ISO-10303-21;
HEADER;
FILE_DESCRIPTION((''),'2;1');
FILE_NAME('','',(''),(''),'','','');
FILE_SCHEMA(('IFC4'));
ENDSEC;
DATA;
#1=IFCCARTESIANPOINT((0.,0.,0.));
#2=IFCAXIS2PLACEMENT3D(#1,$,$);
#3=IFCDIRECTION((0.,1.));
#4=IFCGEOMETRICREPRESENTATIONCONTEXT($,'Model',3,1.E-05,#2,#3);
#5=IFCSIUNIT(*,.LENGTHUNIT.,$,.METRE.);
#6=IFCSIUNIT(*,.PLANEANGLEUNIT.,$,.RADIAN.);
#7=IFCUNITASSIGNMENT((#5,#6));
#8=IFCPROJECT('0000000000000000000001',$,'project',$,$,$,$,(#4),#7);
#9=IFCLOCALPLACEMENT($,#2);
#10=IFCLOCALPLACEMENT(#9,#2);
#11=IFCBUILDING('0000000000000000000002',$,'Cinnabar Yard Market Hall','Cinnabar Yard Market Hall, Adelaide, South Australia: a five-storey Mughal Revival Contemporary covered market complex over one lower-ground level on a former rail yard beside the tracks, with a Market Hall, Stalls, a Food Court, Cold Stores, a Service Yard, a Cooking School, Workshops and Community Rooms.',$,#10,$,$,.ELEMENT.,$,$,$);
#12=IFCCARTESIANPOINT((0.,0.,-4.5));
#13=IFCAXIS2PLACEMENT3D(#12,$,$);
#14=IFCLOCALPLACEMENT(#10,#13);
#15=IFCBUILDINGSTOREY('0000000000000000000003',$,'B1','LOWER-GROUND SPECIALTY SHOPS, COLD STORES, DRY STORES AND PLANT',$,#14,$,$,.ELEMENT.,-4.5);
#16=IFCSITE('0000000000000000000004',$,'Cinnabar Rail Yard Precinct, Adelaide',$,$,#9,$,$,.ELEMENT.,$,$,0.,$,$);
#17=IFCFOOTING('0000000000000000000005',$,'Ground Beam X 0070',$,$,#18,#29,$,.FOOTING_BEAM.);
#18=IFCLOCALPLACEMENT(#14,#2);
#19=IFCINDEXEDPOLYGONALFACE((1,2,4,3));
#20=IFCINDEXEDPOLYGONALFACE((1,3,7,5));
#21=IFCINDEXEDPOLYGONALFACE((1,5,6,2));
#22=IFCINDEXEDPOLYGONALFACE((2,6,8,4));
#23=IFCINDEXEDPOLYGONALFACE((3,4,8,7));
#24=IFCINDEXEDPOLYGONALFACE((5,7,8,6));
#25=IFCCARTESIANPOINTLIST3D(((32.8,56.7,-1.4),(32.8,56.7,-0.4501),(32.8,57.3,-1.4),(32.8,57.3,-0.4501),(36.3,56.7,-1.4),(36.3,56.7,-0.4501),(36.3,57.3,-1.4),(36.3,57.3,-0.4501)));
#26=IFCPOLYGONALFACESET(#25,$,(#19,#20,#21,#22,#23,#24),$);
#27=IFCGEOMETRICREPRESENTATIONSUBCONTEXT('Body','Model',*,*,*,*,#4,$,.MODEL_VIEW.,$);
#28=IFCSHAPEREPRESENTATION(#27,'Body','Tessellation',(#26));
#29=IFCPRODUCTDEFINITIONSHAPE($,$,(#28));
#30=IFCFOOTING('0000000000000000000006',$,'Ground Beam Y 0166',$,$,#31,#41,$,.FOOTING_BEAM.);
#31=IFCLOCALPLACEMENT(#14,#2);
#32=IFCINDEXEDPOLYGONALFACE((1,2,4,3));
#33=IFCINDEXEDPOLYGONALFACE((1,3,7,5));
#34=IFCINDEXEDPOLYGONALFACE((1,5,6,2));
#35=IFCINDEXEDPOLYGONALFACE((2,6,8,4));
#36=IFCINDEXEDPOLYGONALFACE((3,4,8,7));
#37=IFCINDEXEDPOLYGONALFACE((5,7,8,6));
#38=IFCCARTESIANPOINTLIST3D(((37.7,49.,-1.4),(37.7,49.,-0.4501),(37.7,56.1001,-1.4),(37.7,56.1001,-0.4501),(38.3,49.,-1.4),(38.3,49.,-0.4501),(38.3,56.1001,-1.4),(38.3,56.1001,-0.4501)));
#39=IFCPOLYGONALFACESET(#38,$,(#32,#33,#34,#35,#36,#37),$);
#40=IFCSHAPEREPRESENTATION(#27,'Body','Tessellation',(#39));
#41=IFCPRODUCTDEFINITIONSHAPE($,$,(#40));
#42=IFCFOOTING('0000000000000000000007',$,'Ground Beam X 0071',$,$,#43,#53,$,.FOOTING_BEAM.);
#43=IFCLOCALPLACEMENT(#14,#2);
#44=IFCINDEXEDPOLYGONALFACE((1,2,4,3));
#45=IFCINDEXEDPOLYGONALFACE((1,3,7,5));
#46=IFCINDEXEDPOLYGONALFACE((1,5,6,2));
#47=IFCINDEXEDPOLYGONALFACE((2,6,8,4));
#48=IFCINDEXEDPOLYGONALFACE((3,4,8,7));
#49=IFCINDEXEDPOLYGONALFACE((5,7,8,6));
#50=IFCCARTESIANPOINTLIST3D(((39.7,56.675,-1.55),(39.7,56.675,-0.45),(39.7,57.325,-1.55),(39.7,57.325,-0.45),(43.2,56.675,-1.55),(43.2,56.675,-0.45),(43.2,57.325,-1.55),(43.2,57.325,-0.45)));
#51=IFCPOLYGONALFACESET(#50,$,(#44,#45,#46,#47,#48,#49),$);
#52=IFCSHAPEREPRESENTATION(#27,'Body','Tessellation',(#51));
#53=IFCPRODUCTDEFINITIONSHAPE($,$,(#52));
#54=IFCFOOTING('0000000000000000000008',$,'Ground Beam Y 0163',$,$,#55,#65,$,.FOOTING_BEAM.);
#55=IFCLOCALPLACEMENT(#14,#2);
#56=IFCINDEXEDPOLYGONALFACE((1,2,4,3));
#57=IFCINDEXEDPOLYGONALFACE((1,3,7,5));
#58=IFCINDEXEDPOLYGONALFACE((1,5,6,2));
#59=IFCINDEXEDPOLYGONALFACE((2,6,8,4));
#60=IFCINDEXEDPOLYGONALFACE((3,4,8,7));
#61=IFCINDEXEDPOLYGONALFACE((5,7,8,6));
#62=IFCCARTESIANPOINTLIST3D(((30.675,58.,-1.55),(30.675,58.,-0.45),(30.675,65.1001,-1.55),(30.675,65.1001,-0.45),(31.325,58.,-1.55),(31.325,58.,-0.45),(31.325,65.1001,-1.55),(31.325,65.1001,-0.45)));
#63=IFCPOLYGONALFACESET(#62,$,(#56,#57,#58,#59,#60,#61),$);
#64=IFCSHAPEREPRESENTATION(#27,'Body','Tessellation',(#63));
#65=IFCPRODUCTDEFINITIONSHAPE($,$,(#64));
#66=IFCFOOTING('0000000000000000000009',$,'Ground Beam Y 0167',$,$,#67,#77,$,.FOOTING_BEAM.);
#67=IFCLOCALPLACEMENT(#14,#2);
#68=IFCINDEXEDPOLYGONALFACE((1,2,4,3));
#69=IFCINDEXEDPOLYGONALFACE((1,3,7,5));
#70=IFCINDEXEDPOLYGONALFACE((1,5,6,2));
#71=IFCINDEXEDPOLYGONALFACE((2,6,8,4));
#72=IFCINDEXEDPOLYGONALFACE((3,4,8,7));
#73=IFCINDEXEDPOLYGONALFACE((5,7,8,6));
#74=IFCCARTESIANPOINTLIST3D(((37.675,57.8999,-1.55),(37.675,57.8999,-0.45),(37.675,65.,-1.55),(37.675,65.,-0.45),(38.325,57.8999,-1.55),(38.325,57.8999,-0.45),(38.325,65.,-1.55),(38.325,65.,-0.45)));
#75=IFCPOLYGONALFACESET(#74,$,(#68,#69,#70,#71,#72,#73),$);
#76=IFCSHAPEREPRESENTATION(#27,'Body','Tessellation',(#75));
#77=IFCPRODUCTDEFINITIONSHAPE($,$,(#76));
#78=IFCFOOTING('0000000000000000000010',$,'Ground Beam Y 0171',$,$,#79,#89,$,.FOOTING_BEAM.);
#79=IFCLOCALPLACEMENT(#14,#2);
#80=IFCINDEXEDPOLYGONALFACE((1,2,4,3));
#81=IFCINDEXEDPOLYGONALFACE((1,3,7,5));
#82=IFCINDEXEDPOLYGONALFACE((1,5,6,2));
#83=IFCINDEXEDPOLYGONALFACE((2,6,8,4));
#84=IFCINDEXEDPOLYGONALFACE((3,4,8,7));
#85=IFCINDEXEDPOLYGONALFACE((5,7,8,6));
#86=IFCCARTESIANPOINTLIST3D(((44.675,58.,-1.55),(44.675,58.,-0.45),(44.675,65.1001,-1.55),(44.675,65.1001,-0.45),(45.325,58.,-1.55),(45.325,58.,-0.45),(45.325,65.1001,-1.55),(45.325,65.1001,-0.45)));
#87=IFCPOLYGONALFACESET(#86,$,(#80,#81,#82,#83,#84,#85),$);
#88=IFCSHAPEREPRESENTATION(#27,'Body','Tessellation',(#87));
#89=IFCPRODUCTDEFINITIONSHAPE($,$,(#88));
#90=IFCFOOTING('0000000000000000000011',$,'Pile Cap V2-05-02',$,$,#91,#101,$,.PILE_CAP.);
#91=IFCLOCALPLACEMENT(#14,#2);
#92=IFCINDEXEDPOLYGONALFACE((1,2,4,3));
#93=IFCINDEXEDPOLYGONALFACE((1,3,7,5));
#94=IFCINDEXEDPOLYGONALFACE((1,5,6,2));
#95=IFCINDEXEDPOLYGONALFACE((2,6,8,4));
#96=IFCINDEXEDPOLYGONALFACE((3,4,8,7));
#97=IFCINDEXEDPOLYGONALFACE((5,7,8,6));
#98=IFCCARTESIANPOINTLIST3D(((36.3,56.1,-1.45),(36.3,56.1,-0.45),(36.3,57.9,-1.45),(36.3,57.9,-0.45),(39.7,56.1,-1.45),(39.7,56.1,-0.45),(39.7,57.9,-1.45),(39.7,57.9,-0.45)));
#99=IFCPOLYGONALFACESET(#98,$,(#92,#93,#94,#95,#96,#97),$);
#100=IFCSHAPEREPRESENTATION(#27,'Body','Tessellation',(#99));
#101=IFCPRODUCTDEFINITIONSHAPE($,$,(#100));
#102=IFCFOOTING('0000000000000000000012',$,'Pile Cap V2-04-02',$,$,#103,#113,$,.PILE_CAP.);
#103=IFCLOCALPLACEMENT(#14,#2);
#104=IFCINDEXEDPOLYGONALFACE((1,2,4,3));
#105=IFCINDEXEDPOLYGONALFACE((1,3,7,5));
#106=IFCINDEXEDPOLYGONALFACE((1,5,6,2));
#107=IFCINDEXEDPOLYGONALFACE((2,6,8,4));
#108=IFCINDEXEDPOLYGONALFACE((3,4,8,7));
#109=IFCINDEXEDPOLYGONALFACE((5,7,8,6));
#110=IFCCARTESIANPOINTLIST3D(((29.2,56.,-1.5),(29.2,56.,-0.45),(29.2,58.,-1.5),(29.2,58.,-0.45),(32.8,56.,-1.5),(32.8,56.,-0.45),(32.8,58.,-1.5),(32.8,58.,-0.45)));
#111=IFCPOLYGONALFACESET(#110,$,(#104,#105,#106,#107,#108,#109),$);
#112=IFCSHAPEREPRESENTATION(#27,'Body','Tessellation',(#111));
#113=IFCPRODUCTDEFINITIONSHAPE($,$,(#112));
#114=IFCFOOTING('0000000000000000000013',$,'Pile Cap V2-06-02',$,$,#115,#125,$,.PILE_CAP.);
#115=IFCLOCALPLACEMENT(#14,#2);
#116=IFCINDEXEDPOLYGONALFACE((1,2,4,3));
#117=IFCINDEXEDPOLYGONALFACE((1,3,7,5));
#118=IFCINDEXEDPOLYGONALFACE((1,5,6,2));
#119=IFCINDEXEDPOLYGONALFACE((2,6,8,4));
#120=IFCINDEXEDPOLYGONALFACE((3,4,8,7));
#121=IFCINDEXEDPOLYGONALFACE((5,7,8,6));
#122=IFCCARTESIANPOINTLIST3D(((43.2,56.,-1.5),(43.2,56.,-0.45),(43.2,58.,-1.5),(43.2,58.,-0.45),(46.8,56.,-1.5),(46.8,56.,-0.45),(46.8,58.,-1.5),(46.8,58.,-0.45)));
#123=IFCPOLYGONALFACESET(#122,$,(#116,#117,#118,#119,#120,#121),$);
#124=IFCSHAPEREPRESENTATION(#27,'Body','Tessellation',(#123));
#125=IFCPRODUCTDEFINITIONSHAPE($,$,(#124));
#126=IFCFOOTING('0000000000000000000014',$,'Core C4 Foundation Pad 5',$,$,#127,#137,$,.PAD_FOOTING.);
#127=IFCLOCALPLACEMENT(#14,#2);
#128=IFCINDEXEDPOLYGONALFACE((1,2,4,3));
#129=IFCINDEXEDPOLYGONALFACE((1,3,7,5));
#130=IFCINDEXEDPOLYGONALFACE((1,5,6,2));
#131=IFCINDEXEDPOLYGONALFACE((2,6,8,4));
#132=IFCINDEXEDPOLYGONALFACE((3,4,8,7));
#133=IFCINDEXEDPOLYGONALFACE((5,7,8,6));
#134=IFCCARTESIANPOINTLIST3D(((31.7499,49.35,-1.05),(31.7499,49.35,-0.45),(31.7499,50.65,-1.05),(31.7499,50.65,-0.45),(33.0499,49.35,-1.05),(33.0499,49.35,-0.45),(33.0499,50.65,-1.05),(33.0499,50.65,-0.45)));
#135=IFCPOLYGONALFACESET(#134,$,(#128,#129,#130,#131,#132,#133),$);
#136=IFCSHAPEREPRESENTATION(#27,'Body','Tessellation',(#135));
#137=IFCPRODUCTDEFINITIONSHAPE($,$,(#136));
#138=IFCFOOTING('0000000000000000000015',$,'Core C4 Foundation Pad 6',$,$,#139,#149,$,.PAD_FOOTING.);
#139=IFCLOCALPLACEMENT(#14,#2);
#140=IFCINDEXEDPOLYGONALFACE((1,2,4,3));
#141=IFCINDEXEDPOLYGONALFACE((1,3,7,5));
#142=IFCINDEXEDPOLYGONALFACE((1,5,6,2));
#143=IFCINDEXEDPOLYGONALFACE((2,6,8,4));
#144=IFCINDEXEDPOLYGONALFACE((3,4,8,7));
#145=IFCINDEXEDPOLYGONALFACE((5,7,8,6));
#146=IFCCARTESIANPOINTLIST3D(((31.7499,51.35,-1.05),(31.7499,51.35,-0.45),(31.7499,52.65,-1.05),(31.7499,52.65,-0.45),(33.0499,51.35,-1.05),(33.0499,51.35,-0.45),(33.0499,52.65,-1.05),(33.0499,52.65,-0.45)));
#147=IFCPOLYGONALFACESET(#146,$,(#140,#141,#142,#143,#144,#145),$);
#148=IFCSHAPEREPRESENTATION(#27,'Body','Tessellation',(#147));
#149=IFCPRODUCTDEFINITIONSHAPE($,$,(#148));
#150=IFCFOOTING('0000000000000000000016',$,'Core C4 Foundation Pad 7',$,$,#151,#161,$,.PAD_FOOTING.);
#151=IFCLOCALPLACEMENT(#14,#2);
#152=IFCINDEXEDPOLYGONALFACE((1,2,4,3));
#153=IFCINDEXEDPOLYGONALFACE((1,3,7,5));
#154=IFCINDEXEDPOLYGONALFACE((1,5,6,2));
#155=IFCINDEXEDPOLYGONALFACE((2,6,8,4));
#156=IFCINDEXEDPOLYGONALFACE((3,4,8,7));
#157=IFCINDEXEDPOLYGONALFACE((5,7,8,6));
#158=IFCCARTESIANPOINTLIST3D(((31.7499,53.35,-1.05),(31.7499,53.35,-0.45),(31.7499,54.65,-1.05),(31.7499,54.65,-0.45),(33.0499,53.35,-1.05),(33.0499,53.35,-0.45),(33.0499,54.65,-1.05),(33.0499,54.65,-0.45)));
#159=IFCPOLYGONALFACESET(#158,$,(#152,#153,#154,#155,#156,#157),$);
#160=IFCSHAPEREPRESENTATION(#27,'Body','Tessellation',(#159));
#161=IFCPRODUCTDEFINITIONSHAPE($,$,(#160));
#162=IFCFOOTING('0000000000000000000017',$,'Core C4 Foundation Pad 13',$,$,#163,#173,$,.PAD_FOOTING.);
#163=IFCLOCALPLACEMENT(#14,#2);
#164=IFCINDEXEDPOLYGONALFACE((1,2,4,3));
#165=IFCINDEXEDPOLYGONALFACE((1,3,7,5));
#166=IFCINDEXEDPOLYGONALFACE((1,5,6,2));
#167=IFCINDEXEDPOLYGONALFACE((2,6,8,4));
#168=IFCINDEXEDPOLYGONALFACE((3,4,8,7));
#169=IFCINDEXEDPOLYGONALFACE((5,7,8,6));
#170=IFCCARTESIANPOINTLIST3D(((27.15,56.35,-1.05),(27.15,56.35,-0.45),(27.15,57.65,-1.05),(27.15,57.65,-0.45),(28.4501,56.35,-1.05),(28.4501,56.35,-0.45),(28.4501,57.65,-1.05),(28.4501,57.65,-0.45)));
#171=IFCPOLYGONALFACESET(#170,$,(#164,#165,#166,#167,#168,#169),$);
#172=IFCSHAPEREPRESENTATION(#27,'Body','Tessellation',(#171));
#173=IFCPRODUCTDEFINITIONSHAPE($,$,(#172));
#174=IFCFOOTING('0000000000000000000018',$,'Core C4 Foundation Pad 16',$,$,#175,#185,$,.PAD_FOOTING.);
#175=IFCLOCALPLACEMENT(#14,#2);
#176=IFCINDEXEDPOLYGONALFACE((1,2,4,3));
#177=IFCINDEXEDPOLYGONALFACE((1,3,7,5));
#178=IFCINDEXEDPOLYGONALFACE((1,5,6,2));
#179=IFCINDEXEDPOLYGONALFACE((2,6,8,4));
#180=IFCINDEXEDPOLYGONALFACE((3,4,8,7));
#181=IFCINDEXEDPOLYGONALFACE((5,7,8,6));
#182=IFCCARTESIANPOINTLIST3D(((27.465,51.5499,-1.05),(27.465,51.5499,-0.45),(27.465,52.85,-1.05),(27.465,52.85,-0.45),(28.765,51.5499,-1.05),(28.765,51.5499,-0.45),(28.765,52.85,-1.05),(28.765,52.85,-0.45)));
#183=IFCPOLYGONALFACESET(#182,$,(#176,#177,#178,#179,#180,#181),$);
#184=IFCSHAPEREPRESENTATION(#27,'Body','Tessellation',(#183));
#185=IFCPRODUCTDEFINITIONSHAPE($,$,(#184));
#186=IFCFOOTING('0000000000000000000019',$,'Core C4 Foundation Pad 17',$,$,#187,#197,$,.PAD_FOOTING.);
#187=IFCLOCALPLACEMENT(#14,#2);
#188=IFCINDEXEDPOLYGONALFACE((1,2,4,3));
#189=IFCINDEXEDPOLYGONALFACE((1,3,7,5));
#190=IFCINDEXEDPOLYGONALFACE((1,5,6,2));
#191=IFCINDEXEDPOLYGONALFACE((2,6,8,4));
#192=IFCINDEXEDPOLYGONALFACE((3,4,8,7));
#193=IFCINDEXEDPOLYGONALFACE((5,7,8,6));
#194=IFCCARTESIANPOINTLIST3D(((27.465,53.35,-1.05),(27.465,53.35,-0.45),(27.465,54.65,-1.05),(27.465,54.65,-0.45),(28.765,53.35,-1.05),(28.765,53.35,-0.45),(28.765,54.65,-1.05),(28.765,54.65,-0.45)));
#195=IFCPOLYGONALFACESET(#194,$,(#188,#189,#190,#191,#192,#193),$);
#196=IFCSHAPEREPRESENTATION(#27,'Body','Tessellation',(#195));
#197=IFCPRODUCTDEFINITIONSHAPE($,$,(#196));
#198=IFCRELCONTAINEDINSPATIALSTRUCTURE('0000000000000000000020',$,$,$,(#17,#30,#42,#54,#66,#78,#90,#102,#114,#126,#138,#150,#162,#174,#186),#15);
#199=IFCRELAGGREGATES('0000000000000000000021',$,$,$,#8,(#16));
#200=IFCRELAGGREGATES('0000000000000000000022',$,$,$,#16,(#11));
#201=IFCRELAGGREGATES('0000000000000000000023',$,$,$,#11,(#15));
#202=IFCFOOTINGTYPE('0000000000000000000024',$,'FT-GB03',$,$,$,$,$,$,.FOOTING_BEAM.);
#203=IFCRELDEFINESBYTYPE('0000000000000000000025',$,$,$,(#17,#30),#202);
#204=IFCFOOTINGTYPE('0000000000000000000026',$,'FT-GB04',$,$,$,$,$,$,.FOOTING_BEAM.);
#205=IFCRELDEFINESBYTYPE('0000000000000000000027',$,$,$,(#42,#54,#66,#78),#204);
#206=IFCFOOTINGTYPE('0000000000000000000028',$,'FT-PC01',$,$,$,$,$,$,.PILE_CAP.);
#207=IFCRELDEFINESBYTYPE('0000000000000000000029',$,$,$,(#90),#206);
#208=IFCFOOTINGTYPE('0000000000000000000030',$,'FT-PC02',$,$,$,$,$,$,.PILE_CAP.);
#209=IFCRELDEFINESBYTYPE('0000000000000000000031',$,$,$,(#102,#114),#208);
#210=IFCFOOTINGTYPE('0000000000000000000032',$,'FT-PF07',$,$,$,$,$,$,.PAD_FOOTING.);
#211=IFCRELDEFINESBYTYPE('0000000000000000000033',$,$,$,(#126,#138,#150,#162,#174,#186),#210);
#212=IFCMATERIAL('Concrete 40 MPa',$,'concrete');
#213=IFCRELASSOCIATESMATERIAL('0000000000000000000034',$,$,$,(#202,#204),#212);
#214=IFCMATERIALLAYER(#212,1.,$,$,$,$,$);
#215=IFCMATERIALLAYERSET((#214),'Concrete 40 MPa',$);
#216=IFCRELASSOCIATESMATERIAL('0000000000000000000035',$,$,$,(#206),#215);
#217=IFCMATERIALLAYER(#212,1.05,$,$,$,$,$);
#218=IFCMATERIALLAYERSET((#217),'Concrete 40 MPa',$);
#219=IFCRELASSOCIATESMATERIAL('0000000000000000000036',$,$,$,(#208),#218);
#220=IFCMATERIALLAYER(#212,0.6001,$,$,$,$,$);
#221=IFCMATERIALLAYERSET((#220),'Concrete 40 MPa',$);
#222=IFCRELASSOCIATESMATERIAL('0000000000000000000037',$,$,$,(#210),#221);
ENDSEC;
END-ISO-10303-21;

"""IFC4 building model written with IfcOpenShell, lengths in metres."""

from ifc_helpers import new_model, si_unit, direction, frame, origin, origin_2d_with_axis, place, context, subcontext, project, spatial, rectangle, extrude, material, layer, layer_set, material_profile, profile_set, type_object, element, save


model = new_model("IFC4")

# Units and contexts
model_context = context("Model", 3, precision=1e-05, world=origin(), true_north=direction((0.0, 1.0)))
body_context = subcontext(model_context, "Body", "Model", "MODEL_VIEW")
ifc_project = project(units=[si_unit("LENGTHUNIT", "METRE"), si_unit("PLANEANGLEUNIT", "RADIAN")], contexts=[model_context])

# Site, building, storey
site_placement = place(None, origin())
site = spatial("IfcSite", under=ifc_project, at=site_placement, Name="Cinnabar Rail Yard Precinct, Adelaide", CompositionType="ELEMENT", RefElevation=0.0)
building_placement = place(site_placement, origin())
building = spatial("IfcBuilding", under=site, at=building_placement, Name="Cinnabar Yard Market Hall", Description="Cinnabar Yard Market Hall, Adelaide, South Australia: a five-storey Mughal Revival Contemporary covered market complex over one lower-ground level on a former rail yard beside the tracks, with a Market Hall, Stalls, a Food Court, Cold Stores, a Service Yard, a Cooking School, Workshops and Community Rooms.", CompositionType="ELEMENT")
storey_placement = place(building_placement, frame((0.0, 0.0, -4.5)))
storey = spatial("IfcBuildingStorey", under=building, at=storey_placement, Name="B1", Description="LOWER-GROUND SPECIALTY SHOPS, COLD STORES, DRY STORES AND PLANT", CompositionType="ELEMENT", Elevation=-4.5)

# Footings
ifc_material_1 = material(Name="Concrete 40 MPa", Category="concrete")
ifc_material_profile_1 = material_profile(ifc_material_1, rectangle(XDim=0.6001, YDim=0.95, at=origin_2d_with_axis()), Name="GB-600x950")
ifc_profile_set_1 = profile_set([ifc_material_profile_1], Name="Concrete 40 MPa")
footing_type_1 = type_object("IfcFootingType", Name="FT-GB03", PredefinedType="FOOTING_BEAM", material=ifc_profile_set_1)
footing_1_placement = place(storey_placement, frame((32.8, 57.0, -0.925), z_axis=(1.0, 0.0, 0.0), x_axis=(0.0, 1.0, 0.0)))
element("IfcFooting", 1, at=footing_1_placement, inside=storey, type_object=footing_type_1, Name="Ground Beam X 0070", PredefinedType="FOOTING_BEAM", context=body_context, shape_type="SweptSolid", body=[
    extrude(rectangle(XDim=0.6001, YDim=0.95, at=origin_2d_with_axis()), origin(), (0.0, 0.0, 1.0), 3.5),
])
footing_2_placement = place(storey_placement, frame((38.0, 49.0, -0.925), z_axis=(0.0, 1.0, 0.0), x_axis=(-1.0, 0.0, 0.0)))
element("IfcFooting", 2, at=footing_2_placement, inside=storey, type_object=footing_type_1, Name="Ground Beam Y 0166", PredefinedType="FOOTING_BEAM", context=body_context, shape_type="SweptSolid", body=[
    extrude(rectangle(XDim=0.6001, YDim=0.95, at=origin_2d_with_axis()), origin(), (0.0, 0.0, 1.0), 7.1001),
])
ifc_material_profile_2 = material_profile(ifc_material_1, rectangle(XDim=0.6499, YDim=1.1001, at=origin_2d_with_axis()), Name="GB-650x1100")
ifc_profile_set_2 = profile_set([ifc_material_profile_2], Name="Concrete 40 MPa")
footing_type_2 = type_object("IfcFootingType", Name="FT-GB04", PredefinedType="FOOTING_BEAM", material=ifc_profile_set_2)
footing_3_placement = place(storey_placement, frame((39.7, 57.0, -1.0), z_axis=(1.0, 0.0, 0.0), x_axis=(0.0, 1.0, 0.0)))
element("IfcFooting", 3, at=footing_3_placement, inside=storey, type_object=footing_type_2, Name="Ground Beam X 0071", PredefinedType="FOOTING_BEAM", context=body_context, shape_type="SweptSolid", body=[
    extrude(rectangle(XDim=0.6499, YDim=1.1001, at=origin_2d_with_axis()), origin(), (0.0, 0.0, 1.0), 3.5),
])
for number, where, z_axis, x_axis, name in (
    (4, (31.0, 58.0, -1.0), (0.0, 1.0, 0.0), (-1.0, 0.0, 0.0), "Ground Beam Y 0163"),
    (5, (38.0, 57.8999, -1.0), (0.0, 1.0, 0.0), (-1.0, 0.0, 0.0), "Ground Beam Y 0167"),
    (6, (45.0, 58.0, -1.0), (0.0, 1.0, 0.0), (-1.0, 0.0, 0.0), "Ground Beam Y 0171"),
):
    element("IfcFooting", number, at=place(storey_placement, frame(where, z_axis=z_axis, x_axis=x_axis)), inside=storey, type_object=footing_type_2, Name=name, PredefinedType="FOOTING_BEAM", context=body_context, shape_type="SweptSolid", body=[
        extrude(rectangle(XDim=0.6499, YDim=1.1001, at=origin_2d_with_axis()), origin(), (0.0, 0.0, 1.0), 7.1001),
    ])
ifc_layer_1 = layer(ifc_material_1, 1.0)
ifc_layer_set_1 = layer_set([ifc_layer_1], Name="Concrete 40 MPa")
footing_type_3 = type_object("IfcFootingType", Name="FT-PC01", PredefinedType="PILE_CAP", material=ifc_layer_set_1)
footing_4_placement = place(storey_placement, frame((38.0, 57.0, -1.45), z_axis=(0.0, 0.0, 1.0), x_axis=(1.0, 0.0, 0.0)))
element("IfcFooting", 7, at=footing_4_placement, inside=storey, type_object=footing_type_3, Name="Pile Cap V2-05-02", PredefinedType="PILE_CAP", context=body_context, shape_type="SweptSolid", body=[
    extrude(rectangle(XDim=3.3999, YDim=1.8, at=origin_2d_with_axis()), origin(), (0.0, 0.0, 1.0), 1.0),
])
ifc_layer_2 = layer(ifc_material_1, 1.05)
ifc_layer_set_2 = layer_set([ifc_layer_2], Name="Concrete 40 MPa")
footing_type_4 = type_object("IfcFootingType", Name="FT-PC02", PredefinedType="PILE_CAP", material=ifc_layer_set_2)
for number, where, z_axis, x_axis, name in (
    (8, (31.0, 57.0, -1.5), (0.0, 0.0, 1.0), (1.0, 0.0, 0.0), "Pile Cap V2-04-02"),
    (9, (45.0, 57.0, -1.5), (0.0, 0.0, 1.0), (1.0, 0.0, 0.0), "Pile Cap V2-06-02"),
):
    element("IfcFooting", number, at=place(storey_placement, frame(where, z_axis=z_axis, x_axis=x_axis)), inside=storey, type_object=footing_type_4, Name=name, PredefinedType="PILE_CAP", context=body_context, shape_type="SweptSolid", body=[
        extrude(rectangle(XDim=3.6001, YDim=2.0, at=origin_2d_with_axis()), origin(), (0.0, 0.0, 1.0), 1.05),
    ])
ifc_layer_3 = layer(ifc_material_1, 0.6001)
ifc_layer_set_3 = layer_set([ifc_layer_3], Name="Concrete 40 MPa")
footing_type_5 = type_object("IfcFootingType", Name="FT-PF07", PredefinedType="PAD_FOOTING", material=ifc_layer_set_3)
for number, where, z_axis, x_axis, name in (
    (10, (32.3999, 50.0, -1.05), (0.0, 0.0, 1.0), (1.0, 0.0, 0.0), "Core C4 Foundation Pad 5"),
    (11, (32.3999, 52.0, -1.05), (0.0, 0.0, 1.0), (1.0, 0.0, 0.0), "Core C4 Foundation Pad 6"),
    (12, (32.3999, 54.0, -1.05), (0.0, 0.0, 1.0), (1.0, 0.0, 0.0), "Core C4 Foundation Pad 7"),
    (13, (27.8, 57.0, -1.05), (0.0, 0.0, 1.0), (1.0, 0.0, 0.0), "Core C4 Foundation Pad 13"),
    (14, (28.115, 52.2, -1.05), (0.0, 0.0, 1.0), (1.0, 0.0, 0.0), "Core C4 Foundation Pad 16"),
    (15, (28.115, 54.0, -1.05), (0.0, 0.0, 1.0), (1.0, 0.0, 0.0), "Core C4 Foundation Pad 17"),
):
    element("IfcFooting", number, at=place(storey_placement, frame(where, z_axis=z_axis, x_axis=x_axis)), inside=storey, type_object=footing_type_5, Name=name, PredefinedType="PAD_FOOTING", context=body_context, shape_type="SweptSolid", body=[
        extrude(rectangle(XDim=1.3, YDim=1.3, at=origin_2d_with_axis()), origin(), (0.0, 0.0, 1.0), 0.6001),
    ])

save(model, "model.ifc")
